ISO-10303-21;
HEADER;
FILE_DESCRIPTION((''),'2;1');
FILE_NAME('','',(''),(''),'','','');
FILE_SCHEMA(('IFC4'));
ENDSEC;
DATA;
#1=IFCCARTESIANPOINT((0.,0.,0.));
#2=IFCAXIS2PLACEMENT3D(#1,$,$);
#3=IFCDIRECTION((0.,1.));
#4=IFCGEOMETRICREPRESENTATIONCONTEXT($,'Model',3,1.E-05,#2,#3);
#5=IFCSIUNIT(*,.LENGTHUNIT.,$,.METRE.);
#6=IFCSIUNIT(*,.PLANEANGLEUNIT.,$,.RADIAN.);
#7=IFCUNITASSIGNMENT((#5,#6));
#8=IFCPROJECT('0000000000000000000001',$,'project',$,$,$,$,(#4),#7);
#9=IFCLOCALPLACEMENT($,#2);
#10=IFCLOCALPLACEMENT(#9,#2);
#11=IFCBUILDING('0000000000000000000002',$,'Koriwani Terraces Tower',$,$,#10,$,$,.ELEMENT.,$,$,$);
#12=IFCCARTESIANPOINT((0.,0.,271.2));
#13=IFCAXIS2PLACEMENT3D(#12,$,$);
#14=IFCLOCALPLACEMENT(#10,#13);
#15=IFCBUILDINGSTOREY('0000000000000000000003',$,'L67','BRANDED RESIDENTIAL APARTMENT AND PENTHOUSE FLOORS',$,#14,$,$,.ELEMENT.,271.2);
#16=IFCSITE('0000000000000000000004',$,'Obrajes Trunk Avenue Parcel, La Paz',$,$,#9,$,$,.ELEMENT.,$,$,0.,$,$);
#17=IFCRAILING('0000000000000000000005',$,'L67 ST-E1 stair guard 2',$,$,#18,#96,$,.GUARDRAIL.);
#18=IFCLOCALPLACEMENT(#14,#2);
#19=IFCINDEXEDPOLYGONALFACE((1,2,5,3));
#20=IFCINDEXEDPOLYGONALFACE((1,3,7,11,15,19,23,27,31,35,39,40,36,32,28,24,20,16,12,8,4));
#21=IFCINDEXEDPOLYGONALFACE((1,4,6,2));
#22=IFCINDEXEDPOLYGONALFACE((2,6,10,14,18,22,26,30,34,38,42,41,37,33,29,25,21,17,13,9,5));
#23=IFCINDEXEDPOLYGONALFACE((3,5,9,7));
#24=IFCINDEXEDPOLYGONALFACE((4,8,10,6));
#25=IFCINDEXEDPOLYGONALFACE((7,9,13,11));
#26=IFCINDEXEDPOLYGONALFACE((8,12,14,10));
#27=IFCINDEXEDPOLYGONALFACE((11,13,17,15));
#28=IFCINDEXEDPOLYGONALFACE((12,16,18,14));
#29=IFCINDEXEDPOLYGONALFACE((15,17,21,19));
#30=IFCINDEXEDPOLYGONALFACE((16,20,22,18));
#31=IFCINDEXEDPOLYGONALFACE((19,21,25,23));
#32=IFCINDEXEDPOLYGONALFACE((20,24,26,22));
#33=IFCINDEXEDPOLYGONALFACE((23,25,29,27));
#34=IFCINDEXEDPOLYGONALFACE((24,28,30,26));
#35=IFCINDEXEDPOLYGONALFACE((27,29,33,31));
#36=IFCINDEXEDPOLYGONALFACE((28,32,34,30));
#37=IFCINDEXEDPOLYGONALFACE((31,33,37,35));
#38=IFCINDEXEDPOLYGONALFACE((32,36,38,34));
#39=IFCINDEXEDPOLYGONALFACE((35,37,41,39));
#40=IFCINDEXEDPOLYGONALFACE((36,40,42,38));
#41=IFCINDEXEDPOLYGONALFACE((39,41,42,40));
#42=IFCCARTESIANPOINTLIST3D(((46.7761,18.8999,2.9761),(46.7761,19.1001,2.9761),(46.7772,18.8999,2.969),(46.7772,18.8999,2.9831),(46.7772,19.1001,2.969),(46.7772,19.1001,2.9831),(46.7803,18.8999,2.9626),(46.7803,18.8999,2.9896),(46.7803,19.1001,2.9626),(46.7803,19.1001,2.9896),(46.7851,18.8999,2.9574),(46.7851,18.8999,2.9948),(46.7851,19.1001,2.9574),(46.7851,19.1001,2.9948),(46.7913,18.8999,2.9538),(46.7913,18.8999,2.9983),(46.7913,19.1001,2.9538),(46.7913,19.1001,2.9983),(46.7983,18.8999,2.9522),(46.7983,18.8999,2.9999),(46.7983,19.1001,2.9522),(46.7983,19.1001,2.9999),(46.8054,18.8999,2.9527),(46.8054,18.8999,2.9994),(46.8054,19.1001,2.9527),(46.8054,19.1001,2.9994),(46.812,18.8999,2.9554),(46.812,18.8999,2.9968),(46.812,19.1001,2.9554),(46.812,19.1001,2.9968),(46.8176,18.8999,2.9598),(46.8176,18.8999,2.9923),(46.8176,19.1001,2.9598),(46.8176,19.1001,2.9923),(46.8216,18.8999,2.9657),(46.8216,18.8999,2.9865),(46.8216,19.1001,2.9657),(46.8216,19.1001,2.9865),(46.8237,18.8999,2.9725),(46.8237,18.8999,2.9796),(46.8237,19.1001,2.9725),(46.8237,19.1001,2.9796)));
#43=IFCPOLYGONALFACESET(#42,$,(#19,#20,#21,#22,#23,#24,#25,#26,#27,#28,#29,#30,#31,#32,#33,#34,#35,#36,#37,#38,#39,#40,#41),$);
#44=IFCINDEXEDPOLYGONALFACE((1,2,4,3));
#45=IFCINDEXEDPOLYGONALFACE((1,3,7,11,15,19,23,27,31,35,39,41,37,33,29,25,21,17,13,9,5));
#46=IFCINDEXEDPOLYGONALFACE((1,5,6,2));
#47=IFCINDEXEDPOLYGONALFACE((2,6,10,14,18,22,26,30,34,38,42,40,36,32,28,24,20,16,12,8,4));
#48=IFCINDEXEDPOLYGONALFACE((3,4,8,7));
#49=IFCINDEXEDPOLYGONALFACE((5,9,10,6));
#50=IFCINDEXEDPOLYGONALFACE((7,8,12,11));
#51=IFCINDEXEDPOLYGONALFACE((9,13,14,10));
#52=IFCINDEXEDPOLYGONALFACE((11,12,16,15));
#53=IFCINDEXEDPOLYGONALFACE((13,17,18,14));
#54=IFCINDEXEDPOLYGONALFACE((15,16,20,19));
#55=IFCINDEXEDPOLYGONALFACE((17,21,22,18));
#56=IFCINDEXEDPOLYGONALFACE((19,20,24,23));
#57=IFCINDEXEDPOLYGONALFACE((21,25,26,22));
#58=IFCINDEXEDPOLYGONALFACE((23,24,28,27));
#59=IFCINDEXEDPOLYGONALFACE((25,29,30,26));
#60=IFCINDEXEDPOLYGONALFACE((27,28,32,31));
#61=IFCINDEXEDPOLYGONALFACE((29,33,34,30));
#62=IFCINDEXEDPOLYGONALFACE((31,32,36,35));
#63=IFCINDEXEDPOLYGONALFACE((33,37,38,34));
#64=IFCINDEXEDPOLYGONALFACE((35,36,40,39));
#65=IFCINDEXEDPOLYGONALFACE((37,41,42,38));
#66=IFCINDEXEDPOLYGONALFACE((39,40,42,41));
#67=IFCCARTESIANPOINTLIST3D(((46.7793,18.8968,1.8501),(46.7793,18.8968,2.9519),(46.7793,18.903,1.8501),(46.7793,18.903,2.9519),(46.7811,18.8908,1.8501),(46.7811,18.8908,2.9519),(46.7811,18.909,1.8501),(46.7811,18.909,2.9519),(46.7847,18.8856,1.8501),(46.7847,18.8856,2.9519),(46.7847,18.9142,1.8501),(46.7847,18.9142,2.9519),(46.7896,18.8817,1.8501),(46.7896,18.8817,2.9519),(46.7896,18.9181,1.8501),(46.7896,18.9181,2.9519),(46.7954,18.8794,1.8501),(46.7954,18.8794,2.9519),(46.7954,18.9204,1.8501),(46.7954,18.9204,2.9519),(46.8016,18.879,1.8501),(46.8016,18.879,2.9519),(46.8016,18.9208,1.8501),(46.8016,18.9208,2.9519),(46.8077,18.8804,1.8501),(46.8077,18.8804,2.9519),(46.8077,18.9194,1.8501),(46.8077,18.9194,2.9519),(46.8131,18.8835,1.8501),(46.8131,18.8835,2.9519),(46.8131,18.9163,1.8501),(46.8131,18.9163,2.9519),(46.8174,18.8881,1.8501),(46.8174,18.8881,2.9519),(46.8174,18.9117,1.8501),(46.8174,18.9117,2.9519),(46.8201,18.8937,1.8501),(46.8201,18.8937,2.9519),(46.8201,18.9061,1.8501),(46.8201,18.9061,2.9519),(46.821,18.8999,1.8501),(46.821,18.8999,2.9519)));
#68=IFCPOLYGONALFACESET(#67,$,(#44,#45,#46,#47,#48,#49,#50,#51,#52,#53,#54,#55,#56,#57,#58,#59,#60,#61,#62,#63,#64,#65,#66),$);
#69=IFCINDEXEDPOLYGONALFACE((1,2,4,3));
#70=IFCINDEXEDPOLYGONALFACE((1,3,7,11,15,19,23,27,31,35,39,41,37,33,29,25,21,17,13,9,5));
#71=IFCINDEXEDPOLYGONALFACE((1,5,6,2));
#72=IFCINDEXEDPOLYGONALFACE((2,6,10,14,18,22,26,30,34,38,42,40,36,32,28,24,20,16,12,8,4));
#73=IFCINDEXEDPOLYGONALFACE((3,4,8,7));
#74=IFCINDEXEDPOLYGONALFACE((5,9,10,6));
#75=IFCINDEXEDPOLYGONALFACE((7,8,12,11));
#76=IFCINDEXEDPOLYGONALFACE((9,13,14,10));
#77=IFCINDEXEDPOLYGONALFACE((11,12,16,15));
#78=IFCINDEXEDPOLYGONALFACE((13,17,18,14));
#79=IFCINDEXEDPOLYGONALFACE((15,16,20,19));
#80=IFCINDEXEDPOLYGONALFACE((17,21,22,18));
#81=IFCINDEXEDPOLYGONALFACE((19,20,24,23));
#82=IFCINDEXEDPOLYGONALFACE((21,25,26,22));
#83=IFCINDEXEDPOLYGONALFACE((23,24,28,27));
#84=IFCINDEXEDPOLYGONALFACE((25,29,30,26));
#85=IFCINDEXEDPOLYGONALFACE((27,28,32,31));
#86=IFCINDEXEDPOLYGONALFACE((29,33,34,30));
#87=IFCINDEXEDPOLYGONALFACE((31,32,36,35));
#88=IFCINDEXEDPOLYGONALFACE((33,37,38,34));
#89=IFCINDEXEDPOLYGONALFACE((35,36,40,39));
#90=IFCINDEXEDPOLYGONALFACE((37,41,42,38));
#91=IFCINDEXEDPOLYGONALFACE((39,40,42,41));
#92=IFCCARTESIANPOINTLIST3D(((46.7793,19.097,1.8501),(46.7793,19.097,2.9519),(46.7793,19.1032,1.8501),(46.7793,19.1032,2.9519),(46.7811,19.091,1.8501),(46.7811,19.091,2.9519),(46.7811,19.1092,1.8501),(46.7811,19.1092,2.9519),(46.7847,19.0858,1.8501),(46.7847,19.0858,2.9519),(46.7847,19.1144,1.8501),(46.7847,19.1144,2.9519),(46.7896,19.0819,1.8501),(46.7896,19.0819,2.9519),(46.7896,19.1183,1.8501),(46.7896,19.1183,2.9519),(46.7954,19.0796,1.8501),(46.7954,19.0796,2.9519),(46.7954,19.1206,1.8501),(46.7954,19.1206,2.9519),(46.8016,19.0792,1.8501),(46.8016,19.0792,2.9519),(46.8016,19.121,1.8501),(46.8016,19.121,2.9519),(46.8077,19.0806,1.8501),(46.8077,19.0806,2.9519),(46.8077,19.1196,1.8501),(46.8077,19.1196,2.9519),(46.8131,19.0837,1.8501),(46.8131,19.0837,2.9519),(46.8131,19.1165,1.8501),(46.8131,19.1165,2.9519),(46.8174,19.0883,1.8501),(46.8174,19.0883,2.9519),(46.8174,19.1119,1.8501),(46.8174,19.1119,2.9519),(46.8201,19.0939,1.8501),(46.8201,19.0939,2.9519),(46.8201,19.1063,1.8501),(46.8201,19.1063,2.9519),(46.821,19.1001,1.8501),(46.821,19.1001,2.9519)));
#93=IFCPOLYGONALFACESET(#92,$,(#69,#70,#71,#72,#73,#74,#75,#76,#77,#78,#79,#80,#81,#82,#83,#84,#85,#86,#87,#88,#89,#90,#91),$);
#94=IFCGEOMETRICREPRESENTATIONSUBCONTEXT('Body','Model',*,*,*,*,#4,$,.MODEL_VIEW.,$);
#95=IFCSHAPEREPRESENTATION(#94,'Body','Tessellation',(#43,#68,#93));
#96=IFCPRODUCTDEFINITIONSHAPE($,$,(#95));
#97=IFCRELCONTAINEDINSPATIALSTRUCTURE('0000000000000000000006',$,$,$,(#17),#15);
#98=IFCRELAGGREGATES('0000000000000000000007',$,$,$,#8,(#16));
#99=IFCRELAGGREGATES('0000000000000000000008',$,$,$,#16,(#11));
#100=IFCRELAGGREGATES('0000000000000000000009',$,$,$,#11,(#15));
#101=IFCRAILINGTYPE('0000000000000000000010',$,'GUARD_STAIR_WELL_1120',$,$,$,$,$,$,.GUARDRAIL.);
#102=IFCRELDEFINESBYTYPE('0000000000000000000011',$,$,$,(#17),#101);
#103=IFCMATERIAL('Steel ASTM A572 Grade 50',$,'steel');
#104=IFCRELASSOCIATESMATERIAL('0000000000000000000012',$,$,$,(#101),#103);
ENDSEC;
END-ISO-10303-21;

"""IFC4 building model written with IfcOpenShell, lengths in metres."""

from ifc_helpers import new_model, si_unit, direction, frame, origin, origin_2d, place, context, subcontext, project, spatial, circle, extrude, material, type_object, element, save


model = new_model("IFC4")

# Units and contexts
model_context = context("Model", 3, precision=1e-05, world=origin(), true_north=direction((0.0, 1.0)))
body_context = subcontext(model_context, "Body", "Model", "MODEL_VIEW")
ifc_project = project(units=[si_unit("LENGTHUNIT", "METRE"), si_unit("PLANEANGLEUNIT", "RADIAN")], contexts=[model_context])

# Site, building, storey
site_placement = place(None, origin())
site = spatial("IfcSite", under=ifc_project, at=site_placement, Name="Obrajes Trunk Avenue Parcel, La Paz", CompositionType="ELEMENT", RefElevation=0.0)
building_placement = place(site_placement, origin())
building = spatial("IfcBuilding", under=site, at=building_placement, Name="Koriwani Terraces Tower", CompositionType="ELEMENT")
storey_placement = place(building_placement, frame((0.0, 0.0, 271.2)))
storey = spatial("IfcBuildingStorey", under=building, at=storey_placement, Name="L67", Description="BRANDED RESIDENTIAL APARTMENT AND PENTHOUSE FLOORS", CompositionType="ELEMENT", Elevation=271.2)

# Shared definitions
ifc_material_1 = material(Name="Steel ASTM A572 Grade 50", Category="steel")

# Railing
railing_type_1 = type_object("IfcRailingType", Name="GUARD_STAIR_WELL_1120", PredefinedType="GUARDRAIL", material=ifc_material_1)
railing_1_placement = place(storey_placement, frame((46.8, 18.8999, 1.8501)))
element("IfcRailing", 1, at=railing_1_placement, inside=storey, type_object=railing_type_1, Name="L67 ST-E1 stair guard 2", PredefinedType="GUARDRAIL", context=body_context, shape_type="SweptSolid", body=[
    extrude(circle(Radius=0.0239, at=origin_2d()), frame((0.0, 0.0, 1.126), z_axis=(0.0, 1.0, 0.0), x_axis=(-1.0, 0.0, 0.0)), (0.0, 0.0, 1.0), 0.2002),
    extrude(circle(Radius=0.021, at=origin_2d()), origin(), (0.0, 0.0, 1.0), 1.1018),
    extrude(circle(Radius=0.021, at=origin_2d()), frame((0.0, 0.2002, 0.0)), (0.0, 0.0, 1.0), 1.1018),
])

save(model, "model.ifc")
